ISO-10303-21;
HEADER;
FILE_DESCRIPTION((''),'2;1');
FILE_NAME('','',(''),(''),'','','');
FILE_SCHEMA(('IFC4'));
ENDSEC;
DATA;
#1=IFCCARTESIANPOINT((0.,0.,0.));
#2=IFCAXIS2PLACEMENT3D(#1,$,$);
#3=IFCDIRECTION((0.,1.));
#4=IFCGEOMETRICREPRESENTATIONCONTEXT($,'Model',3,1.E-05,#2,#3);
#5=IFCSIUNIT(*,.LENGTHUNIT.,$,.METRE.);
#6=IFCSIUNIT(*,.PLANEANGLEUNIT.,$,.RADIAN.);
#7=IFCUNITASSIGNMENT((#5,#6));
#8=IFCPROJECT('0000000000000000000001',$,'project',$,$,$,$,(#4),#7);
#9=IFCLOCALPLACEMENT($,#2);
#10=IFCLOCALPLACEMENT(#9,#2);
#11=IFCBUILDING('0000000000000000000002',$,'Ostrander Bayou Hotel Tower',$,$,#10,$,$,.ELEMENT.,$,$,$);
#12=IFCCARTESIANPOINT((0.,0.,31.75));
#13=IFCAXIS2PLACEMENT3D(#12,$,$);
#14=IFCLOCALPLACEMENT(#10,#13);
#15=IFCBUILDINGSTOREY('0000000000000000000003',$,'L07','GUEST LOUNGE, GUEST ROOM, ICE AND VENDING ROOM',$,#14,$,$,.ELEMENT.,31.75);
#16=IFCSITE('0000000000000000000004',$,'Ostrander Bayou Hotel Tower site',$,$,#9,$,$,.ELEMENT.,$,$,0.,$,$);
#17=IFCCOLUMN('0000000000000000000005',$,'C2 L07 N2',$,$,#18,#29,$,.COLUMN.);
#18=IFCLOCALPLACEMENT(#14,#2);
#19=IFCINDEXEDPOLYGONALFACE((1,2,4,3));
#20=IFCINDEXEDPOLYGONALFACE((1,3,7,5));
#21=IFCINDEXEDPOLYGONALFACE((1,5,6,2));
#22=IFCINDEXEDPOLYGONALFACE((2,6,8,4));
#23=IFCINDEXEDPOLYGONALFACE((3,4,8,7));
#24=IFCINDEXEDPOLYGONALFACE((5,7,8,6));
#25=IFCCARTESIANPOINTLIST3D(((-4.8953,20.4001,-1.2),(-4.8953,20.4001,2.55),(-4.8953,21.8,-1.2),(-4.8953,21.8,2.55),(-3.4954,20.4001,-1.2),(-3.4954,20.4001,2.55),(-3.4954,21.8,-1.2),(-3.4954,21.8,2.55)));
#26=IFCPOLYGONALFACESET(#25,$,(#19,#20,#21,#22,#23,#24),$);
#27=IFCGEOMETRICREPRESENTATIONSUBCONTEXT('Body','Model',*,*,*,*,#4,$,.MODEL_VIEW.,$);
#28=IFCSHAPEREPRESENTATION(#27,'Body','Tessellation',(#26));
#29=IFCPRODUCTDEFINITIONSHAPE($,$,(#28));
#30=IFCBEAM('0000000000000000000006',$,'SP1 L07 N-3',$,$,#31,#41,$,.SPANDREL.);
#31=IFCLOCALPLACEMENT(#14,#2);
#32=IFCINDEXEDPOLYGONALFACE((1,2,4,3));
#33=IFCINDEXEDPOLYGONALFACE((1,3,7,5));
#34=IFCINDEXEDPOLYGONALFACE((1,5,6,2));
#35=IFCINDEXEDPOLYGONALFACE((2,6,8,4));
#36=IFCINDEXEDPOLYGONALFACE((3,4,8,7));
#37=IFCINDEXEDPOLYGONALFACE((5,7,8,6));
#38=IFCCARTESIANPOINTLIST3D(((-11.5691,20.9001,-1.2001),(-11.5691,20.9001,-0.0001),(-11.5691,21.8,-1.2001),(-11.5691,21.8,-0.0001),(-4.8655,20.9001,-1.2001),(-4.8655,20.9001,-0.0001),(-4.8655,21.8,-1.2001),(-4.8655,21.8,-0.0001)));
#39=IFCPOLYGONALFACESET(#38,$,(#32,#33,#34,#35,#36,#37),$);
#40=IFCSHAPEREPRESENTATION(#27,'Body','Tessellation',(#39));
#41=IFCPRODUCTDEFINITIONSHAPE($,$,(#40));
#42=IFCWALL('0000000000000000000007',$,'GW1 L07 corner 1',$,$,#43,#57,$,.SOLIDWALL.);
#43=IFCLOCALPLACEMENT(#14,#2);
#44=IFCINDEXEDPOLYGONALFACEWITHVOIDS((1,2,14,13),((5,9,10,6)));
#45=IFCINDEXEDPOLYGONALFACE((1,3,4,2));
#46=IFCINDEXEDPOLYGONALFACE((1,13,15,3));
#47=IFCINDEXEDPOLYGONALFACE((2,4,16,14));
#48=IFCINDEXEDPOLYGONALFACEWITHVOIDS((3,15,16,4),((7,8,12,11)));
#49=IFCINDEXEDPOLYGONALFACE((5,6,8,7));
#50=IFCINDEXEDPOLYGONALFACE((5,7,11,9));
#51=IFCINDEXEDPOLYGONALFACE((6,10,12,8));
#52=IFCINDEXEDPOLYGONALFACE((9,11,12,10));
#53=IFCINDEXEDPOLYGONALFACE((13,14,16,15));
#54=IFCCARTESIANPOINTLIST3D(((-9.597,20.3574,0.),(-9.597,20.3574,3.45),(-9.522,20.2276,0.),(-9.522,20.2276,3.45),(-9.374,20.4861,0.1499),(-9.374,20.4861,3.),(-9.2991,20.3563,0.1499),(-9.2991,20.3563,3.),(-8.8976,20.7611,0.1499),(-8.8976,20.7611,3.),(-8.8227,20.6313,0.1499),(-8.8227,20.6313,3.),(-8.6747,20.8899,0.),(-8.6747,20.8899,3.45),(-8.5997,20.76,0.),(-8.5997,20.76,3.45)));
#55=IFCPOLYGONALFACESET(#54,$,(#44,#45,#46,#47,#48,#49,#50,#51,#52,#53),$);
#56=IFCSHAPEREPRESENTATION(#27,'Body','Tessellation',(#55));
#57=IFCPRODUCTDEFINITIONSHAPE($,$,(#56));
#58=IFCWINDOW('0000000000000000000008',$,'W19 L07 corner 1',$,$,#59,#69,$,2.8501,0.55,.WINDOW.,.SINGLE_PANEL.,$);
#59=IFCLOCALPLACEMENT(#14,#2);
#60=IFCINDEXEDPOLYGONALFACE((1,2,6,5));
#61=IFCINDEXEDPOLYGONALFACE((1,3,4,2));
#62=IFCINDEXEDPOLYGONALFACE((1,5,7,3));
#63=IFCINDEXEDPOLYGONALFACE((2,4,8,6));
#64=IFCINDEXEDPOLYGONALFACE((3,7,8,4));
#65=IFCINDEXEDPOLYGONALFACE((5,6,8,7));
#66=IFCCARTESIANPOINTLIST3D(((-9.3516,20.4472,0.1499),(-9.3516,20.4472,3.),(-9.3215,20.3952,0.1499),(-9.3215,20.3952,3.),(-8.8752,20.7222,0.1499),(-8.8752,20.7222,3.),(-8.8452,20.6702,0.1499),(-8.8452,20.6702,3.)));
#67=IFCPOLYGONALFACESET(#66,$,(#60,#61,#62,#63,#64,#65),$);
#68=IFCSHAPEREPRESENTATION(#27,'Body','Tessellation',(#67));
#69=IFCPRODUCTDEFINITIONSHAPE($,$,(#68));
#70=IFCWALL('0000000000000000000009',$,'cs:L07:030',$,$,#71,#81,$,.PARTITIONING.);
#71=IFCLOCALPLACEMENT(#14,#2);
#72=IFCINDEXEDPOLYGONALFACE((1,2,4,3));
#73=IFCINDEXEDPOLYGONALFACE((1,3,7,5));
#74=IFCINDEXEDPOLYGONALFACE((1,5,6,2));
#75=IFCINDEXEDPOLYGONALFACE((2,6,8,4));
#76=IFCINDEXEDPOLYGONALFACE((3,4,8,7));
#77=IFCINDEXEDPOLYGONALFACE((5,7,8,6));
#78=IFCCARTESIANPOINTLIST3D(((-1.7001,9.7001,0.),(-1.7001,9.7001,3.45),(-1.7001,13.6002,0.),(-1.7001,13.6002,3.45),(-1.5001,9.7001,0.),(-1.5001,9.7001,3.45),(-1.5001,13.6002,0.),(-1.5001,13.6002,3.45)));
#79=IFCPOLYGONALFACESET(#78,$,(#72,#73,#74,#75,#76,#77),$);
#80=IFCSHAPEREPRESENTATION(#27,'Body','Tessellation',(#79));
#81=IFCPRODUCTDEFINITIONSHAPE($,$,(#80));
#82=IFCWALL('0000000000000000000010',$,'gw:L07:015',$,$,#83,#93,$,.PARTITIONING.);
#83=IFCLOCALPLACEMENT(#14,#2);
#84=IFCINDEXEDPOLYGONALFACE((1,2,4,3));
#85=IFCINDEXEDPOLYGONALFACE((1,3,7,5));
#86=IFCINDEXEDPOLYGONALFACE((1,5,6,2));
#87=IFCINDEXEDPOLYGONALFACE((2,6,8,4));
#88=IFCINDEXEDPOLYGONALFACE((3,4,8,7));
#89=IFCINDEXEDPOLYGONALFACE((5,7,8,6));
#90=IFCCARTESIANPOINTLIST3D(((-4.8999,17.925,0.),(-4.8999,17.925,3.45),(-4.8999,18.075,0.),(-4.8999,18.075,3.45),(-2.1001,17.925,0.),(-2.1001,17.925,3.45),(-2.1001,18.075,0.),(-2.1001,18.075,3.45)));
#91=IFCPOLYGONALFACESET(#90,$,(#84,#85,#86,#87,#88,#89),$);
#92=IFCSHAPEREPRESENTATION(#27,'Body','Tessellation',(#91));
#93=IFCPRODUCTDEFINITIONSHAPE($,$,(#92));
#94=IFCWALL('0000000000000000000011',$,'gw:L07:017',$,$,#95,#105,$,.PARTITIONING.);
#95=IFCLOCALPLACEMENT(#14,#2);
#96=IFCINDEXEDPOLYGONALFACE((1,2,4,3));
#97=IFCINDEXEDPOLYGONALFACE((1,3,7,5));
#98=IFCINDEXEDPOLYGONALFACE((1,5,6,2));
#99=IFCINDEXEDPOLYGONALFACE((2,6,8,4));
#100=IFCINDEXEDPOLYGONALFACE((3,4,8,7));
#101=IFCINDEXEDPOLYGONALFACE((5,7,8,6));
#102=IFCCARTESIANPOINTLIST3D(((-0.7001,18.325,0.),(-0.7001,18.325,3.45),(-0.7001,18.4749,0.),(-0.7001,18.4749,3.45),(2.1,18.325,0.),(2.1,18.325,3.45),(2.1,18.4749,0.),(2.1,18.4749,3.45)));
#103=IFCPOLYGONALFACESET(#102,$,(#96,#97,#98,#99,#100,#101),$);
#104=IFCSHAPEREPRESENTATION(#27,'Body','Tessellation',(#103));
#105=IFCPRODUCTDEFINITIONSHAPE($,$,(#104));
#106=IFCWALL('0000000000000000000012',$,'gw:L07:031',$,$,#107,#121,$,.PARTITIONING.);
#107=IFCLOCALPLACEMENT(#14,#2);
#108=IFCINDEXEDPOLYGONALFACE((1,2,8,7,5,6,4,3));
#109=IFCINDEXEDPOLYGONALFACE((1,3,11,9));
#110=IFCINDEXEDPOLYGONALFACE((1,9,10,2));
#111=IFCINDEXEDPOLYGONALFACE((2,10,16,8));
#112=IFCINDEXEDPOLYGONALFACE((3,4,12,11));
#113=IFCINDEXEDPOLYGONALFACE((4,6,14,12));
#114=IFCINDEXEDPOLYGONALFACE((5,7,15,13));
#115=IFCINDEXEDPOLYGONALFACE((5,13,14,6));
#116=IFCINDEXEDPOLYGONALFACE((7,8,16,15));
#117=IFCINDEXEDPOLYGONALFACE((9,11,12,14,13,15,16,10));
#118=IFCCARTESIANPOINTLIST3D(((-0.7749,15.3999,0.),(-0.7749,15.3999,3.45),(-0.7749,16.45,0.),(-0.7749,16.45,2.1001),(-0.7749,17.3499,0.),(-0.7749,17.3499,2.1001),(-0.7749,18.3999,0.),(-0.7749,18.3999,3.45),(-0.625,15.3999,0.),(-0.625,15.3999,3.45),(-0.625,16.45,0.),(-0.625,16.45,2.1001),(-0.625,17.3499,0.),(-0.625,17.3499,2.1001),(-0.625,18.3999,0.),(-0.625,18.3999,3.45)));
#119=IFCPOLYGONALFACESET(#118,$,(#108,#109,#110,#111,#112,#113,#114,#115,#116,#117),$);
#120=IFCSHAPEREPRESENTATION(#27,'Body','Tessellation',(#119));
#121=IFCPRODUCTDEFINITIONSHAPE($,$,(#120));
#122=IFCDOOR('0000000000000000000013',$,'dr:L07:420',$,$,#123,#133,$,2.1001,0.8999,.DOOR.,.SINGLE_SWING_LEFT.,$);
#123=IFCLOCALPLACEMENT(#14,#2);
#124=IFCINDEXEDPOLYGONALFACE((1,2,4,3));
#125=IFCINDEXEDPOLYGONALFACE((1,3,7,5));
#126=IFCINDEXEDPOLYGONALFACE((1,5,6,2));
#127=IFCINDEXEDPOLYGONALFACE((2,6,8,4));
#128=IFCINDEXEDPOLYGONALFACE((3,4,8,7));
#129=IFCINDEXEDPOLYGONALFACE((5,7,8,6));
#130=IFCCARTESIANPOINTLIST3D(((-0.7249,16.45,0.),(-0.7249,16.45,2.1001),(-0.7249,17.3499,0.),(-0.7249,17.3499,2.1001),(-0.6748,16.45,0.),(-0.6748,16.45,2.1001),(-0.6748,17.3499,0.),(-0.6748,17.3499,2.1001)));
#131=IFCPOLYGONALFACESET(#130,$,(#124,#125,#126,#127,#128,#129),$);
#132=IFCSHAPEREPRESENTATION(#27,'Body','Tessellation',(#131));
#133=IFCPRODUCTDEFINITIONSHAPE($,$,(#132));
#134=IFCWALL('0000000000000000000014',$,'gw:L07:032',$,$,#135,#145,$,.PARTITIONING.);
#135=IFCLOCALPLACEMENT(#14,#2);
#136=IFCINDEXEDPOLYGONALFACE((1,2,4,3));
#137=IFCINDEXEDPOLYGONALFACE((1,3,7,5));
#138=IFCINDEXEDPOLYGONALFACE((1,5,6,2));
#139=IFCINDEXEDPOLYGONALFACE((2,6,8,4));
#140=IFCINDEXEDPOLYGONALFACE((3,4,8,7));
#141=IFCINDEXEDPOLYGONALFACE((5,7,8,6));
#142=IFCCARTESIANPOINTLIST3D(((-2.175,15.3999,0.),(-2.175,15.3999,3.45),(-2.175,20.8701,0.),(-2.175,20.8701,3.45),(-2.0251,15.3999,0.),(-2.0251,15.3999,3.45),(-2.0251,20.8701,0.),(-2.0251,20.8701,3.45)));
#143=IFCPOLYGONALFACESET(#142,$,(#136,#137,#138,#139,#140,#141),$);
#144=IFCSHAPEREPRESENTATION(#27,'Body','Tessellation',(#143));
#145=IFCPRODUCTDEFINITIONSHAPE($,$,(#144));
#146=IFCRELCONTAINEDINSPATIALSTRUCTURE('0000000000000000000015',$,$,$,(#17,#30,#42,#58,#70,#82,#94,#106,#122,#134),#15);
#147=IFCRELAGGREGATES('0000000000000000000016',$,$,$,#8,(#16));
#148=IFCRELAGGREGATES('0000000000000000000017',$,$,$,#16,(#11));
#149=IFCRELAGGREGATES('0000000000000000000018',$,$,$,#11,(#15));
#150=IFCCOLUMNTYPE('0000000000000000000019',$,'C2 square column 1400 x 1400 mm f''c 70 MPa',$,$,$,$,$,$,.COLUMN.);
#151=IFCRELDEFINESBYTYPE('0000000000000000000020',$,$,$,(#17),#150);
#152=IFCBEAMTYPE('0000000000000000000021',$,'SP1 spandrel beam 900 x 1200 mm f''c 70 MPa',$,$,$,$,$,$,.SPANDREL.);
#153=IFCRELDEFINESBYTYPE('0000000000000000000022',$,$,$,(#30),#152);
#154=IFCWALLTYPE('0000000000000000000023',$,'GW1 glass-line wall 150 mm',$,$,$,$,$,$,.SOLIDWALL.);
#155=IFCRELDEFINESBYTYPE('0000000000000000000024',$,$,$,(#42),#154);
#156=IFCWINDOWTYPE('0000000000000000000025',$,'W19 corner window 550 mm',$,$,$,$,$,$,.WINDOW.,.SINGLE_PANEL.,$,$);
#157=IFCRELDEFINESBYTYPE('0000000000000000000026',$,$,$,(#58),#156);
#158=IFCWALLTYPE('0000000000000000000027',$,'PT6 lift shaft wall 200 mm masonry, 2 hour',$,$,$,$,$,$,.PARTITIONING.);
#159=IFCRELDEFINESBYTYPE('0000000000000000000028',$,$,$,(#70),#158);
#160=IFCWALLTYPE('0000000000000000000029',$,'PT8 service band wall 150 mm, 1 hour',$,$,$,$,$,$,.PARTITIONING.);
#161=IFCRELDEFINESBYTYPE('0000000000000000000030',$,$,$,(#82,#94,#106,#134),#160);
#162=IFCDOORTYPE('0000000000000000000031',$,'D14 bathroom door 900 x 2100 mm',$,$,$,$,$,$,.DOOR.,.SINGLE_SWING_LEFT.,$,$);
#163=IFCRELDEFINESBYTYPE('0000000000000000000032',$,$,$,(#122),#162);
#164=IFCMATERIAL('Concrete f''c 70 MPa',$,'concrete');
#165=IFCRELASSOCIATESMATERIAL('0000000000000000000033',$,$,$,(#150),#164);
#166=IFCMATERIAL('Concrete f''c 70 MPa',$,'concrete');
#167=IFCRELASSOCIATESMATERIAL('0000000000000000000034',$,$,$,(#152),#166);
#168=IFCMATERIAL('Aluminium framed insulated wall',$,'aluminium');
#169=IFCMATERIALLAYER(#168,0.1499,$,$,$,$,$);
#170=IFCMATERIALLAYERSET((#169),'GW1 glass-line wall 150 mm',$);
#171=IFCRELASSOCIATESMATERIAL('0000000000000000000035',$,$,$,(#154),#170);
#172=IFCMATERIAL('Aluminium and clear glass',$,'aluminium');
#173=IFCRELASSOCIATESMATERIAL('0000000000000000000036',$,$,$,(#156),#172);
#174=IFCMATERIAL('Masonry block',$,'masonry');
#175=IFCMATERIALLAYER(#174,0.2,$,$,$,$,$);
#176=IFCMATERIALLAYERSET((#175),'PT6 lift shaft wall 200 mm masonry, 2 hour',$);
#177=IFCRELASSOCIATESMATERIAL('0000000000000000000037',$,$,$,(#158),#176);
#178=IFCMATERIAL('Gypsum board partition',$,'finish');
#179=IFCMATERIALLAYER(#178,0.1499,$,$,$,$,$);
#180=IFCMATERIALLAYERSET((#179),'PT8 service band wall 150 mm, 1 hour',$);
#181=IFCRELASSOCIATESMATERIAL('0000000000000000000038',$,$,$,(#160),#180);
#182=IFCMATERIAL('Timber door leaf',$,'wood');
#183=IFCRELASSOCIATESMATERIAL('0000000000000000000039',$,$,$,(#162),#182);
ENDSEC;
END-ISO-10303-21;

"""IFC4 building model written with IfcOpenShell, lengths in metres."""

from ifc_helpers import new_model, si_unit, direction, frame, frame_2d, origin, origin_2d, place, context, subcontext, project, spatial, rectangle, extrude, material, layer, layer_set, material_profile, profile_set, type_object, element, fill, save


model = new_model("IFC4")

# Units and contexts
model_context = context("Model", 3, precision=1e-05, world=origin(), true_north=direction((0.0, 1.0)))
body_context = subcontext(model_context, "Body", "Model", "MODEL_VIEW")
ifc_project = project(units=[si_unit("LENGTHUNIT", "METRE"), si_unit("PLANEANGLEUNIT", "RADIAN")], contexts=[model_context])

# Site, building, storey
site_placement = place(None, origin())
site = spatial("IfcSite", under=ifc_project, at=site_placement, Name="Ostrander Bayou Hotel Tower site", CompositionType="ELEMENT", RefElevation=0.0)
building_placement = place(site_placement, origin())
building = spatial("IfcBuilding", under=site, at=building_placement, Name="Ostrander Bayou Hotel Tower", CompositionType="ELEMENT")
storey_placement = place(building_placement, frame((0.0, 0.0, 31.75)))
storey = spatial("IfcBuildingStorey", under=building, at=storey_placement, Name="L07", Description="GUEST LOUNGE, GUEST ROOM, ICE AND VENDING ROOM", CompositionType="ELEMENT", Elevation=31.75)

# Column
ifc_material_1 = material(Name="Concrete f'c 70 MPa", Category="concrete")
ifc_material_profile_1 = material_profile(ifc_material_1, rectangle(XDim=1.3999, YDim=1.3999, at=origin_2d()))
ifc_profile_set_1 = profile_set([ifc_material_profile_1], Name="Concrete f'c 70 MPa")
column_type = type_object("IfcColumnType", Name="C2 square column 1400 x 1400 mm f'c 70 MPa", PredefinedType="COLUMN", material=ifc_profile_set_1)
column_placement = place(storey_placement, frame((-4.1953, 21.1001, -1.2), z_axis=(0.0, 0.0, 1.0), x_axis=(1.0, 0.0, 0.0)))
element("IfcColumn", 1, at=column_placement, inside=storey, type_object=column_type, Name="C2 L07 N2", PredefinedType="COLUMN", context=body_context, shape_type="SweptSolid", body=[
    extrude(rectangle(XDim=1.3999, YDim=1.3999, at=origin_2d()), origin(), (0.0, 0.0, 1.0), 3.75),
])

# Beam
ifc_material_2 = material(Name="Concrete f'c 70 MPa", Category="concrete")
ifc_material_profile_2 = material_profile(ifc_material_2, rectangle(XDim=0.8999, YDim=1.2, at=origin_2d()))
ifc_profile_set_2 = profile_set([ifc_material_profile_2], Name="Concrete f'c 70 MPa")
beam_type = type_object("IfcBeamType", Name="SP1 spandrel beam 900 x 1200 mm f'c 70 MPa", PredefinedType="SPANDREL", material=ifc_profile_set_2)
beam_placement = place(storey_placement, frame((-4.8655, 21.3501, -0.6001), z_axis=(-1.0, 0.0, 0.0), x_axis=(0.0, -1.0, 0.0)))
element("IfcBeam", 2, at=beam_placement, inside=storey, type_object=beam_type, Name="SP1 L07 N-3", PredefinedType="SPANDREL", context=body_context, shape_type="SweptSolid", body=[
    extrude(rectangle(XDim=0.8999, YDim=1.2, at=origin_2d()), origin(), (0.0, 0.0, 1.0), 6.7036),
])

# Wall, opening, window
ifc_material_3 = material(Name="Aluminium framed insulated wall", Category="aluminium")
ifc_layer_1 = layer(ifc_material_3, 0.1499)
ifc_layer_set_1 = layer_set([ifc_layer_1], Name="GW1 glass-line wall 150 mm")
wall_type_1 = type_object("IfcWallType", Name="GW1 glass-line wall 150 mm", PredefinedType="SOLIDWALL", material=ifc_layer_set_1)
wall_1_placement = place(storey_placement, frame((-8.6372, 20.825, 0.0), z_axis=(0.0, 0.0, 1.0), x_axis=(-0.866048, -0.499961, 0.0)))
wall_1 = element("IfcWall", 3, at=wall_1_placement, inside=storey, type_object=wall_type_1, Name="GW1 L07 corner 1", PredefinedType="SOLIDWALL", context=body_context, shape_type="SweptSolid", body=[
    extrude(rectangle(XDim=1.0649, YDim=0.1499, at=frame_2d((0.5325, 0.0))), origin(), (0.0, 0.0, 1.0), 3.45),
])
opening_1_placement = place(wall_1_placement, frame((0.2576, 0.0, 0.1499)))
opening_1 = element("IfcOpeningElement", 4, at=opening_1_placement, cuts=wall_1, PredefinedType="OPENING", context=body_context, shape_type="SweptSolid", body=[
    extrude(rectangle(XDim=0.55, YDim=2.8501, at=frame_2d((0.2749, 1.425))), frame((0.0, 0.075, 0.0), z_axis=(0.0, -1.0, 0.0), x_axis=(1.0, 0.0, 0.0)), (0.0, 0.0, 1.0), 0.1499),
])
ifc_material_4 = material(Name="Aluminium and clear glass", Category="aluminium")
window_type_1 = type_object("IfcWindowType", Name="W19 corner window 550 mm", PartitioningType="SINGLE_PANEL", PredefinedType="WINDOW", material=ifc_material_4)
window_1_placement = place(opening_1_placement, origin())
window_1 = element("IfcWindow", 5, at=window_1_placement, inside=storey, type_object=window_type_1, Name="W19 L07 corner 1", OverallHeight=2.8501, OverallWidth=0.55, PartitioningType="SINGLE_PANEL", PredefinedType="WINDOW", context=body_context, shape_type="SweptSolid", body=[
    extrude(rectangle(XDim=0.55, YDim=2.8501, at=frame_2d((0.2749, 1.425))), frame((0.0, 0.03, 0.0), z_axis=(0.0, -1.0, 0.0), x_axis=(1.0, 0.0, 0.0)), (0.0, 0.0, 1.0), 0.0601),
])
fill(opening_1, window_1)

# Walls
ifc_material_5 = material(Name="Masonry block", Category="masonry")
ifc_layer_2 = layer(ifc_material_5, 0.2)
ifc_layer_set_2 = layer_set([ifc_layer_2], Name="PT6 lift shaft wall 200 mm masonry, 2 hour")
wall_type_2 = type_object("IfcWallType", Name="PT6 lift shaft wall 200 mm masonry, 2 hour", PredefinedType="PARTITIONING", material=ifc_layer_set_2)
wall_2_placement = place(storey_placement, frame((-1.6001, 9.7, 0.0), z_axis=(0.0, 0.0, 1.0), x_axis=(0.0, 1.0, 0.0)))
element("IfcWall", 6, at=wall_2_placement, inside=storey, type_object=wall_type_2, Name="cs:L07:030", PredefinedType="PARTITIONING", context=body_context, shape_type="SweptSolid", body=[
    extrude(rectangle(XDim=3.9001, YDim=0.2, at=frame_2d((1.9502, 0.0))), origin(), (0.0, 0.0, 1.0), 3.45),
])
ifc_material_6 = material(Name="Gypsum board partition", Category="finish")
ifc_layer_3 = layer(ifc_material_6, 0.1499)
ifc_layer_set_3 = layer_set([ifc_layer_3], Name="PT8 service band wall 150 mm, 1 hour")
wall_type_3 = type_object("IfcWallType", Name="PT8 service band wall 150 mm, 1 hour", PredefinedType="PARTITIONING", material=ifc_layer_set_3)
wall_3_placement = place(storey_placement, frame((-4.8999, 18.0, 0.0), z_axis=(0.0, 0.0, 1.0), x_axis=(1.0, 0.0, 0.0)))
element("IfcWall", 7, at=wall_3_placement, inside=storey, type_object=wall_type_3, Name="gw:L07:015", PredefinedType="PARTITIONING", context=body_context, shape_type="SweptSolid", body=[
    extrude(rectangle(XDim=2.7998, YDim=0.1499, at=frame_2d((1.3999, 0.0))), origin(), (0.0, 0.0, 1.0), 3.45),
])
wall_4_placement = place(storey_placement, frame((-0.7, 18.3999, 0.0), z_axis=(0.0, 0.0, 1.0), x_axis=(1.0, 0.0, 0.0)))
element("IfcWall", 8, at=wall_4_placement, inside=storey, type_object=wall_type_3, Name="gw:L07:017", PredefinedType="PARTITIONING", context=body_context, shape_type="SweptSolid", body=[
    extrude(rectangle(XDim=2.8, YDim=0.1499, at=frame_2d((1.3999, 0.0))), origin(), (0.0, 0.0, 1.0), 3.45),
])

# Wall, opening, door
wall_5_placement = place(storey_placement, frame((-0.7, 15.3999, 0.0), z_axis=(0.0, 0.0, 1.0), x_axis=(0.0, 1.0, 0.0)))
wall_5 = element("IfcWall", 9, at=wall_5_placement, inside=storey, type_object=wall_type_3, Name="gw:L07:031", PredefinedType="PARTITIONING", context=body_context, shape_type="SweptSolid", body=[
    extrude(rectangle(XDim=3.0, YDim=0.1499, at=frame_2d((1.5, 0.0))), origin(), (0.0, 0.0, 1.0), 3.45),
])
opening_2_placement = place(wall_5_placement, frame((1.05, 0.0, 0.0)))
opening_2 = element("IfcOpeningElement", 10, at=opening_2_placement, cuts=wall_5, PredefinedType="OPENING", context=body_context, shape_type="SweptSolid", body=[
    extrude(rectangle(XDim=0.8999, YDim=2.1001, at=frame_2d((0.45, 1.05))), frame((0.0, 0.075, 0.0), z_axis=(0.0, -1.0, 0.0), x_axis=(1.0, 0.0, 0.0)), (0.0, 0.0, 1.0), 0.1499),
])
ifc_material_7 = material(Name="Timber door leaf", Category="wood")
door_type_1 = type_object("IfcDoorType", Name="D14 bathroom door 900 x 2100 mm", OperationType="SINGLE_SWING_LEFT", PredefinedType="DOOR", material=ifc_material_7)
door_1_placement = place(opening_2_placement, origin())
door_1 = element("IfcDoor", 11, at=door_1_placement, inside=storey, type_object=door_type_1, Name="dr:L07:420", OperationType="SINGLE_SWING_LEFT", OverallHeight=2.1001, OverallWidth=0.8999, PredefinedType="DOOR", context=body_context, shape_type="SweptSolid", body=[
    extrude(rectangle(XDim=0.8999, YDim=2.1001, at=frame_2d((0.45, 1.05))), frame((0.0, 0.0249, 0.0), z_axis=(0.0, -1.0, 0.0), x_axis=(1.0, 0.0, 0.0)), (0.0, 0.0, 1.0), 0.05),
])
fill(opening_2, door_1)

# Wall
wall_6_placement = place(storey_placement, frame((-2.1001, 15.3999, 0.0), z_axis=(0.0, 0.0, 1.0), x_axis=(0.0, 1.0, 0.0)))
element("IfcWall", 12, at=wall_6_placement, inside=storey, type_object=wall_type_3, Name="gw:L07:032", PredefinedType="PARTITIONING", context=body_context, shape_type="SweptSolid", body=[
    extrude(rectangle(XDim=5.4702, YDim=0.1499, at=frame_2d((2.7351, 0.0))), origin(), (0.0, 0.0, 1.0), 3.45),
])

save(model, "model.ifc")
